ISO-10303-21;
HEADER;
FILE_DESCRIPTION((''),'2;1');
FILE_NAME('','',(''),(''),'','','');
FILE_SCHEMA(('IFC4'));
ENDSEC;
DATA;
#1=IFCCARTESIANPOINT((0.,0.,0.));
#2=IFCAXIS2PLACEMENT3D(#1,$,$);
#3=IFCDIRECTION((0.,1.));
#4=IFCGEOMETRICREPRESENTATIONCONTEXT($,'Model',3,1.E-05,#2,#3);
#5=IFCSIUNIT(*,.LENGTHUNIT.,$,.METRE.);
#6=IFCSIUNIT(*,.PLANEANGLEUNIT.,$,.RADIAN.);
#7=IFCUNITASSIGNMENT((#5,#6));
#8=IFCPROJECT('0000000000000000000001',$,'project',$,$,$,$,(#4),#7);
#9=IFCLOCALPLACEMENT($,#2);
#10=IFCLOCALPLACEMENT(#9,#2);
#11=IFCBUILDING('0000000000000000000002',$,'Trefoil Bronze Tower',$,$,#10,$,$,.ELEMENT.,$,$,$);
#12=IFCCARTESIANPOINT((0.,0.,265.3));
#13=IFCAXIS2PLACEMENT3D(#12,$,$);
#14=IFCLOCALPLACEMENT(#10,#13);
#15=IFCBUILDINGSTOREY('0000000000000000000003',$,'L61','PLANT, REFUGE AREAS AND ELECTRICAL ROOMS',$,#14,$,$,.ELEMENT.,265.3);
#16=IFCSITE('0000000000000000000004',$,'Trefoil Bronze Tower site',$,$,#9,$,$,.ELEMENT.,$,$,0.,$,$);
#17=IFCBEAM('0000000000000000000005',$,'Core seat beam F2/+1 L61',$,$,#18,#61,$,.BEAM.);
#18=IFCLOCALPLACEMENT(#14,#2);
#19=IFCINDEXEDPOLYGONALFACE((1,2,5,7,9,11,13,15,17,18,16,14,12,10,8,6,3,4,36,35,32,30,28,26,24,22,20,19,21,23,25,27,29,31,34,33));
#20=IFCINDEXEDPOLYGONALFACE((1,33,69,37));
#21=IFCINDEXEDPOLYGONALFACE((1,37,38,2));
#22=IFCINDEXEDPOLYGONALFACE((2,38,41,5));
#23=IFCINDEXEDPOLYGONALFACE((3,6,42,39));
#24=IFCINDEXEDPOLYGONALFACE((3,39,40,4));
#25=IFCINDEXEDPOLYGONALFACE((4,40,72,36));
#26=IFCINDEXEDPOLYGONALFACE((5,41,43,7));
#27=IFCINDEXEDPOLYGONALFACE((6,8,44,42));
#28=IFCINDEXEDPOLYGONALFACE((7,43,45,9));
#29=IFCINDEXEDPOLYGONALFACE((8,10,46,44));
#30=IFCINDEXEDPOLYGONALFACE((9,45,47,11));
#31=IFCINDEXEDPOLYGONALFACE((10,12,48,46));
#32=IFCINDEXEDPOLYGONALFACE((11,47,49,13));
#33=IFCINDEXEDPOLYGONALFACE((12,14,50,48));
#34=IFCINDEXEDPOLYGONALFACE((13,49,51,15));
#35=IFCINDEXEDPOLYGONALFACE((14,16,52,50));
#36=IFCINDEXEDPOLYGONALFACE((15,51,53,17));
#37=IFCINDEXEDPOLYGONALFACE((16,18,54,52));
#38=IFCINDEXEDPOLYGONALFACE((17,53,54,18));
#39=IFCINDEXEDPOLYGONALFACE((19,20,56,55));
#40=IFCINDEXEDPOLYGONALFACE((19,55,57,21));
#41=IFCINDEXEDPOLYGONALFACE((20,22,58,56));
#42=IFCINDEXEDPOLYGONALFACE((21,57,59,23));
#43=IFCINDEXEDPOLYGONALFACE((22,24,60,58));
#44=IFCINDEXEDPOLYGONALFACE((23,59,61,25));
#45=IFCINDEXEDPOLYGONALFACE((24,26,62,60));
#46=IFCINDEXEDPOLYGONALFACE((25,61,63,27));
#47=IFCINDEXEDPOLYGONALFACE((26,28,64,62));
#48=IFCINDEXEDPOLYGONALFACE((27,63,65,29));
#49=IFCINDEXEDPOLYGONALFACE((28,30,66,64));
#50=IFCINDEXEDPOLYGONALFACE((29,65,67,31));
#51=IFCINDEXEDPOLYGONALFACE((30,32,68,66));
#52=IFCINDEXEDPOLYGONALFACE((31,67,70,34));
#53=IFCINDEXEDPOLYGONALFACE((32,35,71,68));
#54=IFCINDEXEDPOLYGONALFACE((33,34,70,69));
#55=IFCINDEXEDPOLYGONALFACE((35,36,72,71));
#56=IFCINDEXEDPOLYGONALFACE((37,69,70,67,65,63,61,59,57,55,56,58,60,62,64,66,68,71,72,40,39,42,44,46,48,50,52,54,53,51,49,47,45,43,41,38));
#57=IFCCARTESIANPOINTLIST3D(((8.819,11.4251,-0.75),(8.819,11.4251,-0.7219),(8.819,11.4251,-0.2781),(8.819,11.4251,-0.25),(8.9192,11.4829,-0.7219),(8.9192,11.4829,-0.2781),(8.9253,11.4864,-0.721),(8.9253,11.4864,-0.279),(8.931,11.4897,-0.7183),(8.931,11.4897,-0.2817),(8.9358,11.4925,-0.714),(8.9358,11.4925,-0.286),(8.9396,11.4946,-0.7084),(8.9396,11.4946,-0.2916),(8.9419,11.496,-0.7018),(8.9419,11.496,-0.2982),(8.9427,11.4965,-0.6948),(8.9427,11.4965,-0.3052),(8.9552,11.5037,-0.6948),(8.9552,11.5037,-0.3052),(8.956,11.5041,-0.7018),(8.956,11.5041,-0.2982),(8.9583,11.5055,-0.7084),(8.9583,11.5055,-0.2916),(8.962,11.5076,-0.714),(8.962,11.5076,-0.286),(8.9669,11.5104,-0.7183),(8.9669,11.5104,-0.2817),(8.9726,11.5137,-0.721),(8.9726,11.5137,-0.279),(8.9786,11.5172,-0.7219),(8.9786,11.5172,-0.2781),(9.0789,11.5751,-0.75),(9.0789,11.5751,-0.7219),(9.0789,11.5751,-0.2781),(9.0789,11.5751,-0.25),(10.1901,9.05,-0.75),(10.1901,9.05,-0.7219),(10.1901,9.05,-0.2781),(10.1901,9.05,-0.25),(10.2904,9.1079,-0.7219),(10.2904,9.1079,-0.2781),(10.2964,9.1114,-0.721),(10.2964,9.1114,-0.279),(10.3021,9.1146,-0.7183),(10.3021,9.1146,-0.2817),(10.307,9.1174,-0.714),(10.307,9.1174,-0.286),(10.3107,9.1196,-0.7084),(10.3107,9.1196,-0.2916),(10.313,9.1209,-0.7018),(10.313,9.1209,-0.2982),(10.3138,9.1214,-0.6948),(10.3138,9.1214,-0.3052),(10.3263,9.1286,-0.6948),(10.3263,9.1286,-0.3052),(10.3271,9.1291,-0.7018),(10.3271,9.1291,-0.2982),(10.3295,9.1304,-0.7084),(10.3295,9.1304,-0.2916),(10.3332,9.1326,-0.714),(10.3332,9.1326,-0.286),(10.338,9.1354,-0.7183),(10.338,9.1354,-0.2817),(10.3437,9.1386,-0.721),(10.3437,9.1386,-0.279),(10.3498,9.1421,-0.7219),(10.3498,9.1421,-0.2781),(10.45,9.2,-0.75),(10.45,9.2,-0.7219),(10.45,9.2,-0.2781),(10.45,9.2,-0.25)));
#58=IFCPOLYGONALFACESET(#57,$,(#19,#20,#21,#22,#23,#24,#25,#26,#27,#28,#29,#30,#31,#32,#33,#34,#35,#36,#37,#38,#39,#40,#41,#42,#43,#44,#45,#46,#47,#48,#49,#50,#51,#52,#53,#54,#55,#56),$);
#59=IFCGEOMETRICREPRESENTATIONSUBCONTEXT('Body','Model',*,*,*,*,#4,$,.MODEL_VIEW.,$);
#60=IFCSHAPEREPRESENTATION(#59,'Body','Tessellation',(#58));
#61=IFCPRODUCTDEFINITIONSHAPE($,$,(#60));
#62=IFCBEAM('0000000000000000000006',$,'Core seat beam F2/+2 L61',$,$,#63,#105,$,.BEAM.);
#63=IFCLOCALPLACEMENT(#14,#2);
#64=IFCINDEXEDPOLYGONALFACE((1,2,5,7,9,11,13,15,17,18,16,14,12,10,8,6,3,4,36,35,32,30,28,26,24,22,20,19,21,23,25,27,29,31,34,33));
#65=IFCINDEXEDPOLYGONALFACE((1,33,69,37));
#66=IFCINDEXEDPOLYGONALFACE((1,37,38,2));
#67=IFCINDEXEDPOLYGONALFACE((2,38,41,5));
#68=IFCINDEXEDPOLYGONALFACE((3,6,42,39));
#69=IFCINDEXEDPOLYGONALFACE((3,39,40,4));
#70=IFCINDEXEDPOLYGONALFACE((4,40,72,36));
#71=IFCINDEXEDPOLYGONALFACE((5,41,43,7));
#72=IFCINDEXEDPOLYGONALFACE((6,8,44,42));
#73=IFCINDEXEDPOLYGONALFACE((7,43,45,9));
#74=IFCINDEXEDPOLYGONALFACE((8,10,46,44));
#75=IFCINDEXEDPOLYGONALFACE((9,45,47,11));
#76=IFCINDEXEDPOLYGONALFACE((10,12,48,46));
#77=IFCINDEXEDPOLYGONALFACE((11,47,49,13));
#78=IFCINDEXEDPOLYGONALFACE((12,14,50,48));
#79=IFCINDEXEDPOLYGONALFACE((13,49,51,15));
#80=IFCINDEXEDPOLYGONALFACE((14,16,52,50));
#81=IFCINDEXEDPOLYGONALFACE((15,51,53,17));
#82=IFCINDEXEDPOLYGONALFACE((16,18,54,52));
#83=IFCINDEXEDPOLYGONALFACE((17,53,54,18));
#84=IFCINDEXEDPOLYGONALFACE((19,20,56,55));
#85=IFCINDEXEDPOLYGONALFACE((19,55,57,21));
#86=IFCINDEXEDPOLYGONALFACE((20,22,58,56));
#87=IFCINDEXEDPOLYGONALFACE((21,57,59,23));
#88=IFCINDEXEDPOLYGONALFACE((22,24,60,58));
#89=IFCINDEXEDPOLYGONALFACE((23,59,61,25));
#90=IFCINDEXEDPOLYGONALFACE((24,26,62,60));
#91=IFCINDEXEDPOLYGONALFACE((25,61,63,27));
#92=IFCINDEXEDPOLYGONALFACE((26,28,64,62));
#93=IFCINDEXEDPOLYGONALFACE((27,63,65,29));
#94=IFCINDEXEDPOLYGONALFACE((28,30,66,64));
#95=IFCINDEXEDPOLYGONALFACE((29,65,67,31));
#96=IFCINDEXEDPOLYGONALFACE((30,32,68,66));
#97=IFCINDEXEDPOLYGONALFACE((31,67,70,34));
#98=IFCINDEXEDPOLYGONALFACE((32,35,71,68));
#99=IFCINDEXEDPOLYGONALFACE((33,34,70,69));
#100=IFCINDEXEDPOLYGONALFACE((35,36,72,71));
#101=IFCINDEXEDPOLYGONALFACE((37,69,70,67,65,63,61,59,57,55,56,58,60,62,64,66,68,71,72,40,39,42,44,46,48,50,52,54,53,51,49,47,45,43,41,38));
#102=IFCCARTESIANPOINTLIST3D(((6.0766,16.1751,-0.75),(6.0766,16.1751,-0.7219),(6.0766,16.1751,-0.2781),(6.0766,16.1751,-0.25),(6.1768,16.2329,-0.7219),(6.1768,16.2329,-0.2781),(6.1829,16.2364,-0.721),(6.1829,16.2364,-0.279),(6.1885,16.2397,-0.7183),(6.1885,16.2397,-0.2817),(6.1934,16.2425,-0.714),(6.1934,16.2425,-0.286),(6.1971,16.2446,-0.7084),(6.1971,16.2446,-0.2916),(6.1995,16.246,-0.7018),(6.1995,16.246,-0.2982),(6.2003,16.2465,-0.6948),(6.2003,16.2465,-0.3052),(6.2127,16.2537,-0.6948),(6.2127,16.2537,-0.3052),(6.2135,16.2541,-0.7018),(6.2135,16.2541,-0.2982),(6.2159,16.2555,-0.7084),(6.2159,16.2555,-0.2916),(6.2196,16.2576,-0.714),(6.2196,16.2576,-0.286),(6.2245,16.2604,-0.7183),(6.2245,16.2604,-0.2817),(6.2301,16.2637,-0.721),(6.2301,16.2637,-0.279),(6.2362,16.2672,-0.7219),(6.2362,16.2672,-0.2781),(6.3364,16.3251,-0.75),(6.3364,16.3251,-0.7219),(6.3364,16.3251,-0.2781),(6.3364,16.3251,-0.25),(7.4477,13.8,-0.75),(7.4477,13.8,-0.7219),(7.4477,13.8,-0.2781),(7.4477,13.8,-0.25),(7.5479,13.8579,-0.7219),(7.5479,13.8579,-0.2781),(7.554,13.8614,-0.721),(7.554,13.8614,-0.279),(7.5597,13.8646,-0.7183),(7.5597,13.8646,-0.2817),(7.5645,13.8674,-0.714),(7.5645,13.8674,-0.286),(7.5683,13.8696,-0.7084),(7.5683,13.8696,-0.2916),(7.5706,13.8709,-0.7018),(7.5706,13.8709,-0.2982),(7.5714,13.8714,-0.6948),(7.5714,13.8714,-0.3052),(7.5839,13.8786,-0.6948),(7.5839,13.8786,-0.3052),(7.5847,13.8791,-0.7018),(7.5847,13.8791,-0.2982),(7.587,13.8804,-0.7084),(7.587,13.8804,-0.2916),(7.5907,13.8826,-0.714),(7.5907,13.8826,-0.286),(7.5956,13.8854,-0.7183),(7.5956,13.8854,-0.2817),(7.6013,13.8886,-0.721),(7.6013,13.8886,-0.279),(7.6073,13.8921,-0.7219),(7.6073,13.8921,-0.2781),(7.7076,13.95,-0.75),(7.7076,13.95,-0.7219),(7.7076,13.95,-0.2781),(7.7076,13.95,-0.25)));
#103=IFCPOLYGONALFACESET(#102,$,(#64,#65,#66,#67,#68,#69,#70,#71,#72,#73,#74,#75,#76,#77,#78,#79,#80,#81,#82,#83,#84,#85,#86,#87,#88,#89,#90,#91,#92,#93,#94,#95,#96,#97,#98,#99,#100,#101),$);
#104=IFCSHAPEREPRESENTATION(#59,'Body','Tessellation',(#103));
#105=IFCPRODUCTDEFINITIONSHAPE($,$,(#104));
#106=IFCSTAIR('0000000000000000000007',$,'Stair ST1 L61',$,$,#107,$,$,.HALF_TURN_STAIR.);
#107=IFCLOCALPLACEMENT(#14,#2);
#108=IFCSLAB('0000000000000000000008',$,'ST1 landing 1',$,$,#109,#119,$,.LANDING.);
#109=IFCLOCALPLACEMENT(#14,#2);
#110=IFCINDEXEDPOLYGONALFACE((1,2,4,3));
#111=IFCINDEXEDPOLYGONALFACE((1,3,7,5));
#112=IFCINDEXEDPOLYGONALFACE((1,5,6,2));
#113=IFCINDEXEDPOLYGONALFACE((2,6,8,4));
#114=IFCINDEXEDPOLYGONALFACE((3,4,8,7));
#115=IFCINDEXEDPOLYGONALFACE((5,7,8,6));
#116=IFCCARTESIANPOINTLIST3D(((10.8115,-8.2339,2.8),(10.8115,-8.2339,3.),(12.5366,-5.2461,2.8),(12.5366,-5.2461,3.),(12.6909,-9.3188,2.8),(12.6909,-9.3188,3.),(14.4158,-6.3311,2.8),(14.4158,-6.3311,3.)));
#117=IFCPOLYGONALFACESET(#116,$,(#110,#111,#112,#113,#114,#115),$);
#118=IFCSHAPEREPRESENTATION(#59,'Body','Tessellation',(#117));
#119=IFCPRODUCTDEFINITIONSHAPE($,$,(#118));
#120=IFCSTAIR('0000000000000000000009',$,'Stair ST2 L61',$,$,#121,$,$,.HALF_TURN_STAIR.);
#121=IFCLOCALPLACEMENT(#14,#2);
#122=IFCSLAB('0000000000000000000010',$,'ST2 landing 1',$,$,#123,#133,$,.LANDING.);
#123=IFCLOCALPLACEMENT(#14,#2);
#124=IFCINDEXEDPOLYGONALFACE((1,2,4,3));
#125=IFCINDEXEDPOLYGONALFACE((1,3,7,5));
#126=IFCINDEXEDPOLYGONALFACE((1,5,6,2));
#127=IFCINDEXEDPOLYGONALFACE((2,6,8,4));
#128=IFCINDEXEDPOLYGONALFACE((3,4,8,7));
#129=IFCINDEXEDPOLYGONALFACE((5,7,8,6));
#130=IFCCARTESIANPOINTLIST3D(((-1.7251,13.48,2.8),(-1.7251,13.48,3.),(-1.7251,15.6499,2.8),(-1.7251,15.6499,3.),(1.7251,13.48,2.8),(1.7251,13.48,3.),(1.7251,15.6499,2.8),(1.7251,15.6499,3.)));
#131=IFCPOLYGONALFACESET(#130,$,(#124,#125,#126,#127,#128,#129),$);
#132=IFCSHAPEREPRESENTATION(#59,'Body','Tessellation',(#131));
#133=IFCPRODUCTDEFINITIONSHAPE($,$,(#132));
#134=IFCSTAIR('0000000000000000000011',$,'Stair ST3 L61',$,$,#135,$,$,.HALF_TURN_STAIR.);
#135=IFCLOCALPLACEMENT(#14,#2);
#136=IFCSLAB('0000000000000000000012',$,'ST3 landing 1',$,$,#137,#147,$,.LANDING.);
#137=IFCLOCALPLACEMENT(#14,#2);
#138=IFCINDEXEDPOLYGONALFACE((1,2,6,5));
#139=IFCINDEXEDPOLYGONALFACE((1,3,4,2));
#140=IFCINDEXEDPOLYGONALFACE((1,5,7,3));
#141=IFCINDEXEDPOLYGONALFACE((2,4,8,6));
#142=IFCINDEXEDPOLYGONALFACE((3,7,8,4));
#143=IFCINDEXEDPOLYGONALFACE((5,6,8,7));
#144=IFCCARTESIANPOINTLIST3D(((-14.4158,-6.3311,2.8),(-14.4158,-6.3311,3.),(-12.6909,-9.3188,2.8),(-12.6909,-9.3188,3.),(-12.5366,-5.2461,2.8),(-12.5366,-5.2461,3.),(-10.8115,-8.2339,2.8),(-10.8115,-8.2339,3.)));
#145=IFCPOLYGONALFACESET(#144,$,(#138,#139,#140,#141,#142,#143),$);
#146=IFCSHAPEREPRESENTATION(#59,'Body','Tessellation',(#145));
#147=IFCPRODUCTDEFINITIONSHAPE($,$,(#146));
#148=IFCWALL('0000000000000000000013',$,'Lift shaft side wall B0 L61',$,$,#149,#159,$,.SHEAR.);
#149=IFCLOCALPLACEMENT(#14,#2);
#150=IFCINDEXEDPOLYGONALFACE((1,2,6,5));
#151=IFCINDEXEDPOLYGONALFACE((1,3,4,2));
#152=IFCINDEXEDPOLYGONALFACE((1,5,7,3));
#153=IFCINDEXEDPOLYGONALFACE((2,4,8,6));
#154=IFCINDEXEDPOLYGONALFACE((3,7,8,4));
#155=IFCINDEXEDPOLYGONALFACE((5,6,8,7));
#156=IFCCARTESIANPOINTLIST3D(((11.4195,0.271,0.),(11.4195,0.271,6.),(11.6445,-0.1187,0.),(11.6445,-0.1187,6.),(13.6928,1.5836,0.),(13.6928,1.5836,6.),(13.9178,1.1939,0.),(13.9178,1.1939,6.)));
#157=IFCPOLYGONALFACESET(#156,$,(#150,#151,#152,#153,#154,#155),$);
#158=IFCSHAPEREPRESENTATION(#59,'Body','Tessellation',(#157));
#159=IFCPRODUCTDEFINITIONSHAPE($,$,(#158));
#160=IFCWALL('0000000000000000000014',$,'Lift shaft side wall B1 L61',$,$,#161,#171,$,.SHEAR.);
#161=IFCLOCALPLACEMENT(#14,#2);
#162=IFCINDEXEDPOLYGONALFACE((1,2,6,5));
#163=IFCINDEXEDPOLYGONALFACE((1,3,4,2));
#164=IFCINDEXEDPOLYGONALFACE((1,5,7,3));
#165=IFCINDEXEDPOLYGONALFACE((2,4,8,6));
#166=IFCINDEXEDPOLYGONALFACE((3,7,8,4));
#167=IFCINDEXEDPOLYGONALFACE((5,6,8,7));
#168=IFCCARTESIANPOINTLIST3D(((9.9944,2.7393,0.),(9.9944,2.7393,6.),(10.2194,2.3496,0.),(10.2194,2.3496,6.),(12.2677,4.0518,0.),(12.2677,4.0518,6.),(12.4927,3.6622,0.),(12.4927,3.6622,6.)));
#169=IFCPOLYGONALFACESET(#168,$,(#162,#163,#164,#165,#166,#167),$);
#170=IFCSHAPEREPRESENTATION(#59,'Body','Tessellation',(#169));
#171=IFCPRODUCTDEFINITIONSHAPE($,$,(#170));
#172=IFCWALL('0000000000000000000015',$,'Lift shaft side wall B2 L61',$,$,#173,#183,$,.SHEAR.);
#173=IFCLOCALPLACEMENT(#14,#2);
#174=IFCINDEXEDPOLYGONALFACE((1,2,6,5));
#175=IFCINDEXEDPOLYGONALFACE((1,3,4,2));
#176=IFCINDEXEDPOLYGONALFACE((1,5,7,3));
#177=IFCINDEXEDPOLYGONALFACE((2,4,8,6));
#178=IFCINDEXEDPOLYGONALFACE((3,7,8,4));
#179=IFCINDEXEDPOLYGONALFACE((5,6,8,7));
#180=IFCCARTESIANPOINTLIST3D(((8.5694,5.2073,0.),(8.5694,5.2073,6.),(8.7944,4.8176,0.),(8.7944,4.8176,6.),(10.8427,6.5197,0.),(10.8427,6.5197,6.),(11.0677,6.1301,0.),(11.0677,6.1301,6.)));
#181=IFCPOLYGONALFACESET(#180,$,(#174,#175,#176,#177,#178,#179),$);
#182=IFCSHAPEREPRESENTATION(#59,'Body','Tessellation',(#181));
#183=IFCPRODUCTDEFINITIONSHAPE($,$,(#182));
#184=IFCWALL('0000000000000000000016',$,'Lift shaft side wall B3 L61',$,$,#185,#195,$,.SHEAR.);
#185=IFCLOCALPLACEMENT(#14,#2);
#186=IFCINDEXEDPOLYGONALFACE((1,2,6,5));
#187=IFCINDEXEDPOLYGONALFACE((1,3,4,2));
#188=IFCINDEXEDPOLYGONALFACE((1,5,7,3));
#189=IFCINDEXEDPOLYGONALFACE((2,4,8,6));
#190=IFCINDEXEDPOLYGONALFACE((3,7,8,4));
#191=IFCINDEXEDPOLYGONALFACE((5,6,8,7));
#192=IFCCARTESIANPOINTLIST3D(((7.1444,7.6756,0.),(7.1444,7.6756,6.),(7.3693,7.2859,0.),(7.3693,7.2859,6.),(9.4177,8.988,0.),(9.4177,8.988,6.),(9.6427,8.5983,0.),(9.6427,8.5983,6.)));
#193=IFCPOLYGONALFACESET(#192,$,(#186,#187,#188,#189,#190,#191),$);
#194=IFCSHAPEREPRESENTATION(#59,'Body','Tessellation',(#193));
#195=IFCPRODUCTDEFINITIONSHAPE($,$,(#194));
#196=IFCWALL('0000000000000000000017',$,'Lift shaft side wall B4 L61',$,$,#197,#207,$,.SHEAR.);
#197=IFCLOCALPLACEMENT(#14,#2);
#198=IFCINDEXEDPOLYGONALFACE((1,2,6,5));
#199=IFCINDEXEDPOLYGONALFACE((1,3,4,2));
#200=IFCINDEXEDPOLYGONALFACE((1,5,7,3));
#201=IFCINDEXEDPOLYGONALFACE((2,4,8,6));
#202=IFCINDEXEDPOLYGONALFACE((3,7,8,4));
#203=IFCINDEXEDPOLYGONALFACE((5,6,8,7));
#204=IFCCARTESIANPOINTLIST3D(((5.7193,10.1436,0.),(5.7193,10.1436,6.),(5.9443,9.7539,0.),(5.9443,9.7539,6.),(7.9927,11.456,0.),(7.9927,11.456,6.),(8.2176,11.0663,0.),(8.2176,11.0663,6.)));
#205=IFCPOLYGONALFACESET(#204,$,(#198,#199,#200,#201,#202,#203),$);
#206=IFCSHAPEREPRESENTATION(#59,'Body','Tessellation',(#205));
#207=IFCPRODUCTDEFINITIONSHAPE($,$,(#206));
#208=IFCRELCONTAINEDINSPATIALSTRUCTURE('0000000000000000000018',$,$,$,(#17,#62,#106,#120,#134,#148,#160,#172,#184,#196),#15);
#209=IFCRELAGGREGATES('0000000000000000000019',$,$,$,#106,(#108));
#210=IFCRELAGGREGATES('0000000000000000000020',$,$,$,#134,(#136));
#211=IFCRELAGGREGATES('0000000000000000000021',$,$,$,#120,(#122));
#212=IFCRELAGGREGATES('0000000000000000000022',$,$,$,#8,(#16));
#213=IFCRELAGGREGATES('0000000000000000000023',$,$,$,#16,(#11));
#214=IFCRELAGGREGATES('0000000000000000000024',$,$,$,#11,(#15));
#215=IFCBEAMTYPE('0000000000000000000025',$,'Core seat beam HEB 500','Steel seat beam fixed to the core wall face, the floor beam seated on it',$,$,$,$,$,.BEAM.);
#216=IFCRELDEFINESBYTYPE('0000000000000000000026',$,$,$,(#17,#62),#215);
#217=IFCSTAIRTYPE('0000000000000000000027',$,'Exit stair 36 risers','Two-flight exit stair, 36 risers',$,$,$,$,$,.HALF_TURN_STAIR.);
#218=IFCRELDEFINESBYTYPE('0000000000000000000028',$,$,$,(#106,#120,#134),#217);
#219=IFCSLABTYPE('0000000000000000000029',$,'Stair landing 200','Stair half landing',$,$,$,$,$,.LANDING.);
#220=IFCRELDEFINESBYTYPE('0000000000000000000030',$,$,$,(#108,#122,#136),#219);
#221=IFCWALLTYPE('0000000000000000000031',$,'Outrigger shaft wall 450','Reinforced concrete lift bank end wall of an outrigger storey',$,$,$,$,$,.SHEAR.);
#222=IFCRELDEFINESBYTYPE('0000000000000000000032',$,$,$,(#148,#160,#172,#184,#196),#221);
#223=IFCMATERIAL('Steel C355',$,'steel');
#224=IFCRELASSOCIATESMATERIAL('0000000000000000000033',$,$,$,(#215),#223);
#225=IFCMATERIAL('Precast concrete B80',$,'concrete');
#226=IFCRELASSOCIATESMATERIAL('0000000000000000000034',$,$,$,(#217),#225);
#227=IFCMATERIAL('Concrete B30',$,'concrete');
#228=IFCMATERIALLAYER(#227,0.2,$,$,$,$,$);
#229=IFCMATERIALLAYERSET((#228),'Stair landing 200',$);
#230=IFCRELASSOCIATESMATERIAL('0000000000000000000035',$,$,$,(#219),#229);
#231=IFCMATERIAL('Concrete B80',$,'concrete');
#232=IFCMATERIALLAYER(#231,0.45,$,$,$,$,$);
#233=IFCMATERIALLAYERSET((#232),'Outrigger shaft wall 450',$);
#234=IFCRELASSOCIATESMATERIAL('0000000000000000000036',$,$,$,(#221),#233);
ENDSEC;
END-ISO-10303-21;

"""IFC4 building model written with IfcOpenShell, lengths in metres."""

from ifc_helpers import new_model, si_unit, direction, frame, frame_2d, origin, origin_2d, place, context, subcontext, project, spatial, polyline, rectangle, i_section, outline, extrude, material, layer, layer_set, material_profile, profile_set, type_object, element, aggregate, save


model = new_model("IFC4")

# Units and contexts
model_context = context("Model", 3, precision=1e-05, world=origin(), true_north=direction((0.0, 1.0)))
body_context = subcontext(model_context, "Body", "Model", "MODEL_VIEW")
ifc_project = project(units=[si_unit("LENGTHUNIT", "METRE"), si_unit("PLANEANGLEUNIT", "RADIAN")], contexts=[model_context])

# Site, building, storey
site_placement = place(None, origin())
site = spatial("IfcSite", under=ifc_project, at=site_placement, Name="Trefoil Bronze Tower site", CompositionType="ELEMENT", RefElevation=0.0)
building_placement = place(site_placement, origin())
building = spatial("IfcBuilding", under=site, at=building_placement, Name="Trefoil Bronze Tower", CompositionType="ELEMENT")
storey_placement = place(building_placement, frame((0.0, 0.0, 265.3)))
storey = spatial("IfcBuildingStorey", under=building, at=storey_placement, Name="L61", Description="PLANT, REFUGE AREAS AND ELECTRICAL ROOMS", CompositionType="ELEMENT", Elevation=265.3)

# Beams
ifc_material_1 = material(Name="Steel C355", Category="steel")
ifc_material_profile = material_profile(ifc_material_1, i_section(OverallWidth=0.3, OverallDepth=0.5, WebThickness=0.0144, FlangeThickness=0.0281, FilletRadius=0.0271, at=origin_2d()), Name="HEB 500")
ifc_profile_set = profile_set([ifc_material_profile], Name="Steel C355")
beam_type = type_object("IfcBeamType", Name="Core seat beam HEB 500", Description="Steel seat beam fixed to the core wall face, the floor beam seated on it", PredefinedType="BEAM", material=ifc_profile_set)
for number, where, z_axis, x_axis, name in (
    (1, (10.3201, 9.125, -0.5), (-0.499969, 0.866043, 0.0), (-0.866043, -0.499969, 0.0), "Core seat beam F2/+1 L61"),
    (2, (7.5776, 13.875, -0.5), (-0.499969, 0.866043, 0.0), (-0.866043, -0.499969, 0.0), "Core seat beam F2/+2 L61"),
):
    element("IfcBeam", number, at=place(storey_placement, frame(where, z_axis=z_axis, x_axis=x_axis)), inside=storey, type_object=beam_type, Name=name, PredefinedType="BEAM", context=body_context, shape_type="SweptSolid", body=[
        extrude(i_section(OverallWidth=0.3, OverallDepth=0.5, WebThickness=0.0144, FlangeThickness=0.0281, FilletRadius=0.0271, at=origin_2d()), origin(), (0.0, 0.0, 1.0), 2.7424),
    ])

# Stairs, slabs
ifc_material_2 = material(Name="Precast concrete B80", Category="concrete")
stair_type = type_object("IfcStairType", Name="Exit stair 36 risers", Description="Two-flight exit stair, 36 risers", PredefinedType="HALF_TURN_STAIR", material=ifc_material_2)
stair_1_placement = place(storey_placement, origin())
stair_1 = element("IfcStair", 3, at=stair_1_placement, inside=storey, type_object=stair_type, Name="Stair ST1 L61", PredefinedType="HALF_TURN_STAIR")
ifc_material_3 = material(Name="Concrete B30", Category="concrete")
ifc_layer_1 = layer(ifc_material_3, 0.2)
ifc_layer_set_1 = layer_set([ifc_layer_1], Name="Stair landing 200")
slab_type = type_object("IfcSlabType", Name="Stair landing 200", Description="Stair half landing", PredefinedType="LANDING", material=ifc_layer_set_1)
slab_1_placement = place(storey_placement, frame((0.0, 0.0, 2.8)))
slab_1 = element("IfcSlab", 4, at=slab_1_placement, type_object=slab_type, Name="ST1 landing 1", PredefinedType="LANDING", context=body_context, shape_type="SweptSolid", body=[
    extrude(outline(polyline([(10.8115, -8.2339), (12.6909, -9.3188), (14.4158, -6.3311), (12.5366, -5.2461), (10.8115, -8.2339)])), origin(), (0.0, 0.0, 1.0), 0.2),
])
aggregate(stair_1, [slab_1])
stair_2_placement = place(storey_placement, origin())
stair_2 = element("IfcStair", 5, at=stair_2_placement, inside=storey, type_object=stair_type, Name="Stair ST2 L61", PredefinedType="HALF_TURN_STAIR")
slab_2_placement = place(storey_placement, frame((0.0, 0.0, 2.8)))
slab_2 = element("IfcSlab", 6, at=slab_2_placement, type_object=slab_type, Name="ST2 landing 1", PredefinedType="LANDING", context=body_context, shape_type="SweptSolid", body=[
    extrude(outline(polyline([(1.7251, 13.48), (1.7251, 15.6499), (-1.7251, 15.6499), (-1.7251, 13.48), (1.7251, 13.48)])), origin(), (0.0, 0.0, 1.0), 0.2),
])
stair_3_placement = place(storey_placement, origin())
stair_3 = element("IfcStair", 7, at=stair_3_placement, inside=storey, type_object=stair_type, Name="Stair ST3 L61", PredefinedType="HALF_TURN_STAIR")
slab_3_placement = place(storey_placement, frame((0.0, 0.0, 2.8)))
slab_3 = element("IfcSlab", 8, at=slab_3_placement, type_object=slab_type, Name="ST3 landing 1", PredefinedType="LANDING", context=body_context, shape_type="SweptSolid", body=[
    extrude(outline(polyline([(-12.5366, -5.2461), (-14.4158, -6.3311), (-12.6909, -9.3188), (-10.8115, -8.2339), (-12.5366, -5.2461)])), origin(), (0.0, 0.0, 1.0), 0.2),
])
aggregate(stair_3, [slab_3])

# Walls
ifc_material_4 = material(Name="Concrete B80", Category="concrete")
ifc_layer_2 = layer(ifc_material_4, 0.45)
ifc_layer_set_2 = layer_set([ifc_layer_2], Name="Outrigger shaft wall 450")
wall_type_1 = type_object("IfcWallType", Name="Outrigger shaft wall 450", Description="Reinforced concrete lift bank end wall of an outrigger storey", PredefinedType="SHEAR", material=ifc_layer_set_2)
for number, where, z_axis, x_axis, name in (
    (9, (11.532, 0.0762, 0.0), (0.0, 0.0, 1.0), (0.866014, 0.50002, 0.0), "Lift shaft side wall B0 L61"),
    (10, (10.1069, 2.5444, 0.0), (0.0, 0.0, 1.0), (0.866014, 0.50002, 0.0), "Lift shaft side wall B1 L61"),
    (11, (8.6819, 5.0125, 0.0), (0.0, 0.0, 1.0), (0.866037, 0.49998, 0.0), "Lift shaft side wall B2 L61"),
    (12, (7.2568, 7.4807, 0.0), (0.0, 0.0, 1.0), (0.866037, 0.49998, 0.0), "Lift shaft side wall B3 L61"),
    (13, (5.8318, 9.9487, 0.0), (0.0, 0.0, 1.0), (0.866037, 0.49998, 0.0), "Lift shaft side wall B4 L61"),
):
    element("IfcWall", number, at=place(storey_placement, frame(where, z_axis=z_axis, x_axis=x_axis)), inside=storey, type_object=wall_type_1, Name=name, PredefinedType="SHEAR", context=body_context, shape_type="SweptSolid", body=[
        extrude(rectangle(XDim=2.625, YDim=0.45, at=frame_2d((1.3125, 0.0))), origin(), (0.0, 0.0, 1.0), 6.0),
    ])

aggregate(stair_2, [slab_2])

save(model, "model.ifc")
